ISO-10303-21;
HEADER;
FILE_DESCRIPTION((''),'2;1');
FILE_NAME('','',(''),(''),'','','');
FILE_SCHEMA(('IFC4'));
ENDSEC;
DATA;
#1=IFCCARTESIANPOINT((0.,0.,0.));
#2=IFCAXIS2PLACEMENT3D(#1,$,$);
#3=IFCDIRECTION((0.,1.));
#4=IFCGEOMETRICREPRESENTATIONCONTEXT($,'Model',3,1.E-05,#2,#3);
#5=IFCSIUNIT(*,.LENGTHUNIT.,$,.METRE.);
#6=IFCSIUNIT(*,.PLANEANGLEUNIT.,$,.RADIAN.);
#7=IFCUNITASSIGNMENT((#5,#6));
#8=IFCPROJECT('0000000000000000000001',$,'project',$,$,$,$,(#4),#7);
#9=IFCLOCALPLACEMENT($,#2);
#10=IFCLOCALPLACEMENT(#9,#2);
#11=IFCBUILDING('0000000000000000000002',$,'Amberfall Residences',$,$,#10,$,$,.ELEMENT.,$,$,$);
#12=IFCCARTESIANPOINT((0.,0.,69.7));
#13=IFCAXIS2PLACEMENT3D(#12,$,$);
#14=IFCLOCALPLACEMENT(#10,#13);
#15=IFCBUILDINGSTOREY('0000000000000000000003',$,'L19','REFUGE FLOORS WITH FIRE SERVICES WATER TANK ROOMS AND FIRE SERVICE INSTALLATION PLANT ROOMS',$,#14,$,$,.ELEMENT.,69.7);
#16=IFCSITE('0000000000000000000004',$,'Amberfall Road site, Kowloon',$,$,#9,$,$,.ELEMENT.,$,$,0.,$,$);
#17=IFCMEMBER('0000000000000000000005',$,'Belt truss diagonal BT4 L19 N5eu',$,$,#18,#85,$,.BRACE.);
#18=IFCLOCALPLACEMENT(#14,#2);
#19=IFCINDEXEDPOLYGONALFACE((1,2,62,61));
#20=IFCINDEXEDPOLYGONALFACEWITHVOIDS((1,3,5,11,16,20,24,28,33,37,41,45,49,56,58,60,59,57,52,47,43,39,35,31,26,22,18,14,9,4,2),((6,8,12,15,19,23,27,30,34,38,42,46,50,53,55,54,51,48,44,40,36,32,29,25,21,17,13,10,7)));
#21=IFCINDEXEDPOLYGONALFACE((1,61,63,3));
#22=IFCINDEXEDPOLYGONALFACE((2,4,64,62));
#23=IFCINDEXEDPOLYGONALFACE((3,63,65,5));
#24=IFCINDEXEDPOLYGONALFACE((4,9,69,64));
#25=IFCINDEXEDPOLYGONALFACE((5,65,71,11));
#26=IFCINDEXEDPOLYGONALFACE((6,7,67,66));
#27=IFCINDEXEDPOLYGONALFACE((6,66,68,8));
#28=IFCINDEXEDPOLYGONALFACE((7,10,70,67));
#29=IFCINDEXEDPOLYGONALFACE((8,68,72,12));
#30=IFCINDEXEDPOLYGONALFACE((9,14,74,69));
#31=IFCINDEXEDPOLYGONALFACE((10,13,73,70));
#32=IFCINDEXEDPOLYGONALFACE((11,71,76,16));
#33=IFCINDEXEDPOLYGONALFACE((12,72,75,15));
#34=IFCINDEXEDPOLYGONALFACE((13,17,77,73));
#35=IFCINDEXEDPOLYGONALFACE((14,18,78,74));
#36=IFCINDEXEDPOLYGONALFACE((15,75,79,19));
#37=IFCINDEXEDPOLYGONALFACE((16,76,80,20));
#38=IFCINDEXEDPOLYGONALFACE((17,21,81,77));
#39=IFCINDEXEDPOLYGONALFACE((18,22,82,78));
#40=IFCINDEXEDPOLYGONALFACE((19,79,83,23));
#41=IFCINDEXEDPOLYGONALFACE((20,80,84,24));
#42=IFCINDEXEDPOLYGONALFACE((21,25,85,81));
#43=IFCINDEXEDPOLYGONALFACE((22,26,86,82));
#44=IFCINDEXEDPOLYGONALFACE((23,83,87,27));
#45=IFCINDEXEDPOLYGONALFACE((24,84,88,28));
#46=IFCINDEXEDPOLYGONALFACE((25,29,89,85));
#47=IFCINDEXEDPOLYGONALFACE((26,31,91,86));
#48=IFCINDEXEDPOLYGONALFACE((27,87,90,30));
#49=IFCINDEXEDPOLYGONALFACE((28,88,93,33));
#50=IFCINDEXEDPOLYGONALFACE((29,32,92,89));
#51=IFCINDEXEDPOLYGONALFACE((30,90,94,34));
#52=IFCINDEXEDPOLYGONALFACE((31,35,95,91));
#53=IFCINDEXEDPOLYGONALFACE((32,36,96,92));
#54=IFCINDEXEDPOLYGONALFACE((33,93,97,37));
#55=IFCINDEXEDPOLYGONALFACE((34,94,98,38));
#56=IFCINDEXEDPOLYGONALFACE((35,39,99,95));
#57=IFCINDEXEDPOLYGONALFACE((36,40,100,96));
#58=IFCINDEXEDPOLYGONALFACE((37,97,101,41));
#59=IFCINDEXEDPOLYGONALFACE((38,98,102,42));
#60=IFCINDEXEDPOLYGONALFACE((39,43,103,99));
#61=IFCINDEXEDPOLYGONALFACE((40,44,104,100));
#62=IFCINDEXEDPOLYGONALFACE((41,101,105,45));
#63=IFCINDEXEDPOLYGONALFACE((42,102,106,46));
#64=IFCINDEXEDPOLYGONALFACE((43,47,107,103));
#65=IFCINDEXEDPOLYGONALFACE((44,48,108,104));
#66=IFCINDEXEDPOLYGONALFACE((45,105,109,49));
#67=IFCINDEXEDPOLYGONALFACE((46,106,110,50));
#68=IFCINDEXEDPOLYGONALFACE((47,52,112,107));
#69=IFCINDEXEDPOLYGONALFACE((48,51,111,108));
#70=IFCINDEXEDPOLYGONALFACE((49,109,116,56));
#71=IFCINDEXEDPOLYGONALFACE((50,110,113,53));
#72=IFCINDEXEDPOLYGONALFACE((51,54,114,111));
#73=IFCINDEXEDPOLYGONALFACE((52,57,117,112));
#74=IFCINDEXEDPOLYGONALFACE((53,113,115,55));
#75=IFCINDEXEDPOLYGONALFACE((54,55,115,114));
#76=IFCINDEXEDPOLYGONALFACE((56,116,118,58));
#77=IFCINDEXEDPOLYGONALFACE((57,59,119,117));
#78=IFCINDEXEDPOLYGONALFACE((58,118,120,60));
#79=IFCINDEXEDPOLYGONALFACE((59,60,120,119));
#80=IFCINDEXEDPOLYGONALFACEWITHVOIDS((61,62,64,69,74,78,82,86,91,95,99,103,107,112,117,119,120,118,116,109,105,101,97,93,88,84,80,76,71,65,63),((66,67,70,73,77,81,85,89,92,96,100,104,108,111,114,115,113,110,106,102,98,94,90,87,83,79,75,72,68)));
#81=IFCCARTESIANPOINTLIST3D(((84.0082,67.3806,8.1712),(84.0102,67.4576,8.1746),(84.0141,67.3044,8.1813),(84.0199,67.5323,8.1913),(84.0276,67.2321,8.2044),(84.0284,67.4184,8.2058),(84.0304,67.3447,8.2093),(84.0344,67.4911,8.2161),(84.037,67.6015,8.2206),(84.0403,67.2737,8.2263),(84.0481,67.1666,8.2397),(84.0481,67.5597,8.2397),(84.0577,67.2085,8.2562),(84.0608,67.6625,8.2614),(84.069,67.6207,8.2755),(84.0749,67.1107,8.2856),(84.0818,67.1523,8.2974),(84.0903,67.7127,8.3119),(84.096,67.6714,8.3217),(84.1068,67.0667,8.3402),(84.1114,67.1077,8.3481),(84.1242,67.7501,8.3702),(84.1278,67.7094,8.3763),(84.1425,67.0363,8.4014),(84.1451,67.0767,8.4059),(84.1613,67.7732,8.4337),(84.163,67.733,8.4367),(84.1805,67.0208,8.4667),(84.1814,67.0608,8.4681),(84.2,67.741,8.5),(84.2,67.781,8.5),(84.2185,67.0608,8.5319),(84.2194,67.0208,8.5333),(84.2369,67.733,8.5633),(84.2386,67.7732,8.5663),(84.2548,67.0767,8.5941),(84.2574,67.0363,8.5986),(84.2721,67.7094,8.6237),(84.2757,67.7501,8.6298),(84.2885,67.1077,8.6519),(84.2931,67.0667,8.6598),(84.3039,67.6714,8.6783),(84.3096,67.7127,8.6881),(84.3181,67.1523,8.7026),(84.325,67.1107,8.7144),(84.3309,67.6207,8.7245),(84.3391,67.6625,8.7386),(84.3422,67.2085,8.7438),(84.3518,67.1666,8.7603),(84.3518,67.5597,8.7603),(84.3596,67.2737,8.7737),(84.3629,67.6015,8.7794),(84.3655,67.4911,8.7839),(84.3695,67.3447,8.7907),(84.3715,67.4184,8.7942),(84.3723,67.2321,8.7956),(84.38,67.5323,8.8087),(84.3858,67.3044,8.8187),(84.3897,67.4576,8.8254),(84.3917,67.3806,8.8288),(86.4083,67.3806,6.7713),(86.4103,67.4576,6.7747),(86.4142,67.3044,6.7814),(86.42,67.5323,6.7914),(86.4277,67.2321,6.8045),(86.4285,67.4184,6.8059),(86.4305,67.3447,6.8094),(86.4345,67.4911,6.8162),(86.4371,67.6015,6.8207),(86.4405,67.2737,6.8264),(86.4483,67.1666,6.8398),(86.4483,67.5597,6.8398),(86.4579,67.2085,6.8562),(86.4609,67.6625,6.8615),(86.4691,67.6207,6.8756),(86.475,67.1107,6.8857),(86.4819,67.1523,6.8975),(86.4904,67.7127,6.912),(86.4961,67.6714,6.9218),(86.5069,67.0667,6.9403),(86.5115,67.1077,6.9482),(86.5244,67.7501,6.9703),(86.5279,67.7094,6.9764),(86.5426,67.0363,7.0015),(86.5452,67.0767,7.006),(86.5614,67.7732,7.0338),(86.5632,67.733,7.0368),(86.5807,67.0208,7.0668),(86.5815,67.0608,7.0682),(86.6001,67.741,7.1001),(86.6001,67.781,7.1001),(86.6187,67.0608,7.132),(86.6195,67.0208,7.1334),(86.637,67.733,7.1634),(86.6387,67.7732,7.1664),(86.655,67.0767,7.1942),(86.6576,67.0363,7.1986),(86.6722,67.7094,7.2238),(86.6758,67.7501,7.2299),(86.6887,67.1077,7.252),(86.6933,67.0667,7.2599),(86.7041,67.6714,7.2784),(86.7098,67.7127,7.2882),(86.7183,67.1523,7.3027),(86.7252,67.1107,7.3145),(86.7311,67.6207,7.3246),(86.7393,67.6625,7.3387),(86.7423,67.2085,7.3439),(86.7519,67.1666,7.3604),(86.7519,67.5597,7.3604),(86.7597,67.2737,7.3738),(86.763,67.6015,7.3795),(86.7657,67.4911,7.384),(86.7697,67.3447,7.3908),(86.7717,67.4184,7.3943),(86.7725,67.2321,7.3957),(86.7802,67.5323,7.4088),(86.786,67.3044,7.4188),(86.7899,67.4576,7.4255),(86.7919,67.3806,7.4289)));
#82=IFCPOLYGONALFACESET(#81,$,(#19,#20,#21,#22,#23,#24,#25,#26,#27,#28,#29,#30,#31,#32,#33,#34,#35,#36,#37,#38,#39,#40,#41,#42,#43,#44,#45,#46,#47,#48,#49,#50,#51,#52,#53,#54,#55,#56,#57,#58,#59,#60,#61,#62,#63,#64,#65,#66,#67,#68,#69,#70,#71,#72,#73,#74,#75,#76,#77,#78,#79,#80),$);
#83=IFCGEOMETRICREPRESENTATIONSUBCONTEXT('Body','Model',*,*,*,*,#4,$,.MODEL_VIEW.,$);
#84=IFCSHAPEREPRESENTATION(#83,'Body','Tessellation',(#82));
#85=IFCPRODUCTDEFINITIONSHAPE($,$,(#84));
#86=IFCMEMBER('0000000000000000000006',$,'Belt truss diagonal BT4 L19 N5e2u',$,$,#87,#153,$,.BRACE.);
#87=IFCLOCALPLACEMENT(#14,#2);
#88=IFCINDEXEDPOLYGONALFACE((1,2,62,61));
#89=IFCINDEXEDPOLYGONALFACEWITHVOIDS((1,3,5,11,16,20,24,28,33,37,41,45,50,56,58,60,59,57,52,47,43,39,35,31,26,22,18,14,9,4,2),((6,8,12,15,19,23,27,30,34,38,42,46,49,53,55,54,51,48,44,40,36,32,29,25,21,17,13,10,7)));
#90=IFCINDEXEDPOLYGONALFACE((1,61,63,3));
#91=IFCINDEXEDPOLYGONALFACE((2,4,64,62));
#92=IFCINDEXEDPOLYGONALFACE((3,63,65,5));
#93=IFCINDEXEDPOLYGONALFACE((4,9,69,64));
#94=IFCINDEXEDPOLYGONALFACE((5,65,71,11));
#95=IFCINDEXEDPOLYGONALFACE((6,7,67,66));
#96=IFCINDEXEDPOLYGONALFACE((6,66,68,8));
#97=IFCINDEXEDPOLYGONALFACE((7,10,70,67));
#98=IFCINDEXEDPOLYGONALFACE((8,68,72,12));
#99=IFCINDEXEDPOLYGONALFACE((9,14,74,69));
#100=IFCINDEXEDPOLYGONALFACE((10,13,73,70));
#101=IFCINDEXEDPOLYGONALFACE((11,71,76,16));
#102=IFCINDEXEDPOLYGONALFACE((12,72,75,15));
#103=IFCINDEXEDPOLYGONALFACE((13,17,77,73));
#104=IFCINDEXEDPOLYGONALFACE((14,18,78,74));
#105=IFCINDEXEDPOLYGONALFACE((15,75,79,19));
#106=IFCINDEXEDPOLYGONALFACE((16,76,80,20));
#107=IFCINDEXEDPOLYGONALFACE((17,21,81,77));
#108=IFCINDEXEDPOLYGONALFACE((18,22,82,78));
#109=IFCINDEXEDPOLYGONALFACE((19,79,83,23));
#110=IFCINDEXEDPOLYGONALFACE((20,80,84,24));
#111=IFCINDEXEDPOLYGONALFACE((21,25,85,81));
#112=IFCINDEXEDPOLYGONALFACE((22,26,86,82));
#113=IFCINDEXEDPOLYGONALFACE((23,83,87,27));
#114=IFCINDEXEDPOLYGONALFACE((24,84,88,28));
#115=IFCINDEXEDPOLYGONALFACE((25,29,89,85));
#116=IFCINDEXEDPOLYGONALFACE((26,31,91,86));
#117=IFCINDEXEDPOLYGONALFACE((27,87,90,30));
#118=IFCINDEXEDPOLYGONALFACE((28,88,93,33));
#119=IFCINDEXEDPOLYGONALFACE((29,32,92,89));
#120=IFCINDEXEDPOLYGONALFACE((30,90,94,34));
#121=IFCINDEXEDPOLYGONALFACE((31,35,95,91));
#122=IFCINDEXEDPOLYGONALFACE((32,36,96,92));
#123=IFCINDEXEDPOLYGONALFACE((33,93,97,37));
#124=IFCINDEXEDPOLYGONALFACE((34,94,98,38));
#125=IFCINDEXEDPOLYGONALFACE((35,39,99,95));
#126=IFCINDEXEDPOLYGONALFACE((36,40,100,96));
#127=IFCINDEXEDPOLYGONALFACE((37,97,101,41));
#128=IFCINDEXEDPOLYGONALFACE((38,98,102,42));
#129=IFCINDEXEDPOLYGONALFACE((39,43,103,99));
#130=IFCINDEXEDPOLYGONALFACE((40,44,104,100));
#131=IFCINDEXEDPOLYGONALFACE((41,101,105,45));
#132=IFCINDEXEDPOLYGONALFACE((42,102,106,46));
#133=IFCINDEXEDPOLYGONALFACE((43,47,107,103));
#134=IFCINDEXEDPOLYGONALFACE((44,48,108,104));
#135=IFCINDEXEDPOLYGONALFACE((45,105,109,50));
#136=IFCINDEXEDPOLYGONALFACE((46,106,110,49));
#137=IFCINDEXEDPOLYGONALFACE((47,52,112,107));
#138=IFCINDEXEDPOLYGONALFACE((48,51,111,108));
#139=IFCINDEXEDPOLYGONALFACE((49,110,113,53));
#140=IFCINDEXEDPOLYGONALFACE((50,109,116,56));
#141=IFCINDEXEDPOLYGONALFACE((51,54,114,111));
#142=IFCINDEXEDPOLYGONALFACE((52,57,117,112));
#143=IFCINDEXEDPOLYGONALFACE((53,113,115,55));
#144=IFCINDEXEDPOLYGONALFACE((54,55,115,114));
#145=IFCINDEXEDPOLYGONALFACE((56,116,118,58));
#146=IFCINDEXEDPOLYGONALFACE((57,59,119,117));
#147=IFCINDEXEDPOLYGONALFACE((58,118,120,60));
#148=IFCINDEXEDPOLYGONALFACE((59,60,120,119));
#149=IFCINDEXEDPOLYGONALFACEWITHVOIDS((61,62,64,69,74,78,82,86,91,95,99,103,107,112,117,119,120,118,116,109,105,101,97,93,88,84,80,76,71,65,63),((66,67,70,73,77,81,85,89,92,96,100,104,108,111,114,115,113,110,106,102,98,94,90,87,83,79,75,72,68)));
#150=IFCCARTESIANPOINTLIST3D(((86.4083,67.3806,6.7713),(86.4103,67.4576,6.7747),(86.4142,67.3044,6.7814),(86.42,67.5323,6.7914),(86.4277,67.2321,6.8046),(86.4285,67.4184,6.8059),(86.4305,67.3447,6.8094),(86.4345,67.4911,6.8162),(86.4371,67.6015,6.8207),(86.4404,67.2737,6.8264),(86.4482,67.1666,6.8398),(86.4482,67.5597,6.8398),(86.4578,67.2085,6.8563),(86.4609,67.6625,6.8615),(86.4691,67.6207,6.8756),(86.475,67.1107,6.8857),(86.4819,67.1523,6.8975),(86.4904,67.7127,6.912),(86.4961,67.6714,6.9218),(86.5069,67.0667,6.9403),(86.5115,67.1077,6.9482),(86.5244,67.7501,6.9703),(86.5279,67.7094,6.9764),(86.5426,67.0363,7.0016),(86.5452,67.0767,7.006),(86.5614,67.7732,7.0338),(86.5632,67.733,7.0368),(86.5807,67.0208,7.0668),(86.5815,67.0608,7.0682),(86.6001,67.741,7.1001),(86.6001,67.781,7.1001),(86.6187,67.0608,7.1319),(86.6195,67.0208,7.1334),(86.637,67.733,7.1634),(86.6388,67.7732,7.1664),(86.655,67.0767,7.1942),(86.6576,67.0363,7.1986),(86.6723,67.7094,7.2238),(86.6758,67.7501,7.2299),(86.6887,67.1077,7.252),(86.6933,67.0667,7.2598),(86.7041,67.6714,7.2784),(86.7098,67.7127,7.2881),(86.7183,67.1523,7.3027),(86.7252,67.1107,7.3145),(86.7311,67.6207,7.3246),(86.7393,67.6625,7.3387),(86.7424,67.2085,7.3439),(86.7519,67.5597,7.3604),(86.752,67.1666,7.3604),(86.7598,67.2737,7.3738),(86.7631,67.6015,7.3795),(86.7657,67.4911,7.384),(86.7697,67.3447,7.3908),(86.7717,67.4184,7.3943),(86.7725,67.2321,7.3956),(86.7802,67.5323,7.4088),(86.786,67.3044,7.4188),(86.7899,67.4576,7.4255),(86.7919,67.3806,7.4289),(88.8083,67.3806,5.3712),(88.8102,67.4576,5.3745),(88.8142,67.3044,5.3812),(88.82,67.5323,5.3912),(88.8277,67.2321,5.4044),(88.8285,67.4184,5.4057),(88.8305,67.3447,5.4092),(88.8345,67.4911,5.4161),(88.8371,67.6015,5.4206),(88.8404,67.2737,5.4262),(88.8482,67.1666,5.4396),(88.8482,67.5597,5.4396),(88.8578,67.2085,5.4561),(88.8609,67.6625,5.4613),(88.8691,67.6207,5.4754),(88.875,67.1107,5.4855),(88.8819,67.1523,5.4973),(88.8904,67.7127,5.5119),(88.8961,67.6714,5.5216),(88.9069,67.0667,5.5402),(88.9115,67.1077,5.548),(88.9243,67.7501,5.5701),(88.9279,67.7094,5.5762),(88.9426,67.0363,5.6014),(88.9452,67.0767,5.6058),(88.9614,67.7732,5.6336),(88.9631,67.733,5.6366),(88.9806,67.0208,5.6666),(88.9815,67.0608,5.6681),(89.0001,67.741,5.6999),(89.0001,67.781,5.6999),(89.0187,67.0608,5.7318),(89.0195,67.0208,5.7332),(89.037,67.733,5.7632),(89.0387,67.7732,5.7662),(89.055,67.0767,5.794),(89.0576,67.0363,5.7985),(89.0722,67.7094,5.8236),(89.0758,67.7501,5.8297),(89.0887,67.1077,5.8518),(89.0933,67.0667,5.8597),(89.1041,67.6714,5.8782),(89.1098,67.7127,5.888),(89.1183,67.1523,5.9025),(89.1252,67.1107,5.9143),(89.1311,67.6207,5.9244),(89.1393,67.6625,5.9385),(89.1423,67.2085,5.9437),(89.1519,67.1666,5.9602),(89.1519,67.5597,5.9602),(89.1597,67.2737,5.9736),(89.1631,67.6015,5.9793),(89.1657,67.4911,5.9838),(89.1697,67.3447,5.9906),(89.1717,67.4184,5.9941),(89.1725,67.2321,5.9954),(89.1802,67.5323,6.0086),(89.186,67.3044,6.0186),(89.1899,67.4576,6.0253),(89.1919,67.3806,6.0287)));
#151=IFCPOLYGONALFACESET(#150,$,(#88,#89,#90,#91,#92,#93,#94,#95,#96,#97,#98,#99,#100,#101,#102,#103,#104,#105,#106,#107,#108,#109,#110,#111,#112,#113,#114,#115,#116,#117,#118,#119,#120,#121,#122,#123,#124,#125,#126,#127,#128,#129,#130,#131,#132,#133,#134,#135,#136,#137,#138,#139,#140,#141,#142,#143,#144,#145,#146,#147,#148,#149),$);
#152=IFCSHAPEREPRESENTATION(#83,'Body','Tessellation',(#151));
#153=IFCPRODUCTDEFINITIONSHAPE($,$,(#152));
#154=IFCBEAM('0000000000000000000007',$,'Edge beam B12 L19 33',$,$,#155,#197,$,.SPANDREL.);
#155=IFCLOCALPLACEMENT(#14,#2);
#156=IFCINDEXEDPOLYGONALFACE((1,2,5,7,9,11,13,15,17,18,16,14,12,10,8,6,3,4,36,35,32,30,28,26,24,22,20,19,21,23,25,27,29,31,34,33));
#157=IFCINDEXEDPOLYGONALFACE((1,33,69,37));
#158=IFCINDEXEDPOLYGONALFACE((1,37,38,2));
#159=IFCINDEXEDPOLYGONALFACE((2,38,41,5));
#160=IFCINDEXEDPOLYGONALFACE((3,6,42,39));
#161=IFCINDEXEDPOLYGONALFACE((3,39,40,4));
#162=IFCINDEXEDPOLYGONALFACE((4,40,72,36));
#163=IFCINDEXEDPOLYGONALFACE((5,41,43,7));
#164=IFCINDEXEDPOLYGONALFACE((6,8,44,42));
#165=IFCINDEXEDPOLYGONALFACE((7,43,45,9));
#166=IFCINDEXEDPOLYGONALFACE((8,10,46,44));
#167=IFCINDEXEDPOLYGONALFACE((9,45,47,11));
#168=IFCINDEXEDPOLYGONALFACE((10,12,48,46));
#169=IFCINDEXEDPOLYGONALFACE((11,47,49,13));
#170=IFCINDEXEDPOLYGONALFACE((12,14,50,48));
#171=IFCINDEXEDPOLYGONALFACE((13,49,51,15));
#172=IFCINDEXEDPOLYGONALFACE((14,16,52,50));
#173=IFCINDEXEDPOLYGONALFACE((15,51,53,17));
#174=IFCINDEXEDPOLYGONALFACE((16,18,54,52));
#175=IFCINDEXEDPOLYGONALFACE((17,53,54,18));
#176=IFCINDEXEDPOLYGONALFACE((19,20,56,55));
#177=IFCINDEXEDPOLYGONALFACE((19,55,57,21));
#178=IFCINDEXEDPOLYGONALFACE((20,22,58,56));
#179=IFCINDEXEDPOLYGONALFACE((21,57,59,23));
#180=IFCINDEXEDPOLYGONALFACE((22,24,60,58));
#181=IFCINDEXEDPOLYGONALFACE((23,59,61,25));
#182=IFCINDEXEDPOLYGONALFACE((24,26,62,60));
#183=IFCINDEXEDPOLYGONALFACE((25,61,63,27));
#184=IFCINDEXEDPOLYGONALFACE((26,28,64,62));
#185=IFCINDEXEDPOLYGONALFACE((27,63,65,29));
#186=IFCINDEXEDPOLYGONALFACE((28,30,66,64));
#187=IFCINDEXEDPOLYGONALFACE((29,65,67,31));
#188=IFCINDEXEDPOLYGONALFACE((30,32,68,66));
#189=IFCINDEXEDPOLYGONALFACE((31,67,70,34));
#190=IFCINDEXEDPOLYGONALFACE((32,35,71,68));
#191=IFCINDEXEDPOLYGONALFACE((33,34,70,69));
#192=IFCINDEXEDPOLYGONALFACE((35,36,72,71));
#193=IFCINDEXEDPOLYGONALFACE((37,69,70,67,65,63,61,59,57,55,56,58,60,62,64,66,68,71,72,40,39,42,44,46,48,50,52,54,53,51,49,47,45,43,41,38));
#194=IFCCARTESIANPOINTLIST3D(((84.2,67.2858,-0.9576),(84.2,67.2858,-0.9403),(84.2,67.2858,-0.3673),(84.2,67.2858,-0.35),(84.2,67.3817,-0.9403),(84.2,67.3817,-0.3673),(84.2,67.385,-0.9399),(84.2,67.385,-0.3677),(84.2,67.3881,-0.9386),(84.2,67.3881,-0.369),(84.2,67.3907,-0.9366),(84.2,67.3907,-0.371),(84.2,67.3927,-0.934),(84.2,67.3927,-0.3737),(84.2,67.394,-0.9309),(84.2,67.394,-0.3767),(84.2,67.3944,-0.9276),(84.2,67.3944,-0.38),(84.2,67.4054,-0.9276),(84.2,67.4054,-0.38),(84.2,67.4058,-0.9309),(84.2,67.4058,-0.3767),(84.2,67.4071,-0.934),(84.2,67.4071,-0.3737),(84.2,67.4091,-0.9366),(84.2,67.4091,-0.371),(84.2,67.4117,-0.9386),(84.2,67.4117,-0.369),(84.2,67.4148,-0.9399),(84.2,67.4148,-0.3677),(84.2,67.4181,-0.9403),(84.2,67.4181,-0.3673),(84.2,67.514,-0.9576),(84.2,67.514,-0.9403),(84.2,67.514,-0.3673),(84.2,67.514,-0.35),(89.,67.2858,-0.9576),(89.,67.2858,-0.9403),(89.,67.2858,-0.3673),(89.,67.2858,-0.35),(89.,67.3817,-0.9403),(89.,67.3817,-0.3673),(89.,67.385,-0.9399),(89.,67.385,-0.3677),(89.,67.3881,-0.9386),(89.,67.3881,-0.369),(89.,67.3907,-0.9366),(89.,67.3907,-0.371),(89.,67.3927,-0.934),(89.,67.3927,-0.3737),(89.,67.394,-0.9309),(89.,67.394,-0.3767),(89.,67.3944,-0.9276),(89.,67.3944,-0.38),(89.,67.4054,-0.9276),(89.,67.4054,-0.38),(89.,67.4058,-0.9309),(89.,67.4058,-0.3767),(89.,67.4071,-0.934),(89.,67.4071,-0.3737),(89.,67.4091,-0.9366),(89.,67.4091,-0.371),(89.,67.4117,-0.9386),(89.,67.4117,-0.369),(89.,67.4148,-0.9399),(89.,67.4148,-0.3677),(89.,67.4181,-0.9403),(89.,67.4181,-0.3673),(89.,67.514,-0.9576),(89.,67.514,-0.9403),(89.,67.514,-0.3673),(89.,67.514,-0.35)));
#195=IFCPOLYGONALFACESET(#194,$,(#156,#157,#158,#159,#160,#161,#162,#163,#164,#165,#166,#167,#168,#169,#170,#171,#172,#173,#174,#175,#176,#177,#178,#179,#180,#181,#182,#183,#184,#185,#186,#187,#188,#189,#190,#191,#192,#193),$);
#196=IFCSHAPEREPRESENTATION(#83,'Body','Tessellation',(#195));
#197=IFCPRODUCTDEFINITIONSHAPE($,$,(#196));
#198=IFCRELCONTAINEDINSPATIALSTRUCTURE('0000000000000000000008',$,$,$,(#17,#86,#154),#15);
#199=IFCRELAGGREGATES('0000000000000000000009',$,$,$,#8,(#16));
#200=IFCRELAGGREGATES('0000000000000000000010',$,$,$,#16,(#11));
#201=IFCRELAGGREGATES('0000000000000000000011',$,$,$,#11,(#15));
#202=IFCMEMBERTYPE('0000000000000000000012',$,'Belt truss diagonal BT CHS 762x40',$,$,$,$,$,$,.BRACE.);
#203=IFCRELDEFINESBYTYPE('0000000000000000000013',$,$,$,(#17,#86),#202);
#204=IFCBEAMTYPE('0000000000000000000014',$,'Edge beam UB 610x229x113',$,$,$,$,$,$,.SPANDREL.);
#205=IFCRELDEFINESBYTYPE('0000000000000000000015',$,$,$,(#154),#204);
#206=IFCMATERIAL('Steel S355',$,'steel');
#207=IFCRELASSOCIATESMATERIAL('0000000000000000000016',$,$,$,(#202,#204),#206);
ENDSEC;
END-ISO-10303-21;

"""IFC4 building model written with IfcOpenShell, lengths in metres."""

from ifc_helpers import new_model, si_unit, direction, frame, origin, origin_2d, place, context, subcontext, project, spatial, hollow_circle, i_section, extrude, material, material_profile, profile_set, type_object, element, save


model = new_model("IFC4")

# Units and contexts
model_context = context("Model", 3, precision=1e-05, world=origin(), true_north=direction((0.0, 1.0)))
body_context = subcontext(model_context, "Body", "Model", "MODEL_VIEW")
ifc_project = project(units=[si_unit("LENGTHUNIT", "METRE"), si_unit("PLANEANGLEUNIT", "RADIAN")], contexts=[model_context])

# Site, building, storey
site_placement = place(None, origin())
site = spatial("IfcSite", under=ifc_project, at=site_placement, Name="Amberfall Road site, Kowloon", CompositionType="ELEMENT", RefElevation=0.0)
building_placement = place(site_placement, origin())
building = spatial("IfcBuilding", under=site, at=building_placement, Name="Amberfall Residences", CompositionType="ELEMENT")
storey_placement = place(building_placement, frame((0.0, 0.0, 69.7)))
storey = spatial("IfcBuildingStorey", under=building, at=storey_placement, Name="L19", Description="REFUGE FLOORS WITH FIRE SERVICES WATER TANK ROOMS AND FIRE SERVICE INSTALLATION PLANT ROOMS", CompositionType="ELEMENT", Elevation=69.7)

# Shared definitions
ifc_material_1 = material(Name="Steel S355", Category="steel")

# Members
ifc_material_profile_1 = material_profile(ifc_material_1, hollow_circle(Radius=0.3811, WallThickness=0.04, at=origin_2d()), Name="CHS 762x40")
ifc_profile_set_1 = profile_set([ifc_material_profile_1], Name="Steel S355")
member_type = type_object("IfcMemberType", Name="Belt truss diagonal BT CHS 762x40", PredefinedType="BRACE", material=ifc_profile_set_1)
for number, where, z_axis, x_axis, name in (
    (1, (84.2, 67.3999, 8.5), (0.863808, 0.0, -0.503822), (0.0, 1.0, 0.0), "Belt truss diagonal BT4 L19 N5eu"),
    (2, (86.6001, 67.3999, 7.1001), (0.863747, 0.0, -0.503926), (0.0, 1.0, 0.0), "Belt truss diagonal BT4 L19 N5e2u"),
):
    element("IfcMember", number, at=place(storey_placement, frame(where, z_axis=z_axis, x_axis=x_axis)), inside=storey, type_object=member_type, Name=name, PredefinedType="BRACE", context=body_context, shape_type="SweptSolid", body=[
        extrude(hollow_circle(Radius=0.3811, WallThickness=0.04, at=origin_2d()), origin(), (0.0, 0.0, 1.0), 2.7786),
    ])

# Beam
ifc_material_profile_2 = material_profile(ifc_material_1, i_section(OverallWidth=0.2283, OverallDepth=0.6077, WebThickness=0.011, FlangeThickness=0.0173, FilletRadius=0.0127, at=origin_2d()), Name="UB 610x229x113")
ifc_profile_set_2 = profile_set([ifc_material_profile_2], Name="Steel S355")
beam_type_1 = type_object("IfcBeamType", Name="Edge beam UB 610x229x113", PredefinedType="SPANDREL", material=ifc_profile_set_2)
beam_1_placement = place(storey_placement, frame((84.2, 67.3999, -0.6538), z_axis=(1.0, 0.0, 0.0), x_axis=(0.0, 1.0, 0.0)))
element("IfcBeam", 3, at=beam_1_placement, inside=storey, type_object=beam_type_1, Name="Edge beam B12 L19 33", PredefinedType="SPANDREL", context=body_context, shape_type="SweptSolid", body=[
    extrude(i_section(OverallWidth=0.2283, OverallDepth=0.6077, WebThickness=0.011, FlangeThickness=0.0173, FilletRadius=0.0127, at=origin_2d()), origin(), (0.0, 0.0, 1.0), 4.8),
])

save(model, "model.ifc")
